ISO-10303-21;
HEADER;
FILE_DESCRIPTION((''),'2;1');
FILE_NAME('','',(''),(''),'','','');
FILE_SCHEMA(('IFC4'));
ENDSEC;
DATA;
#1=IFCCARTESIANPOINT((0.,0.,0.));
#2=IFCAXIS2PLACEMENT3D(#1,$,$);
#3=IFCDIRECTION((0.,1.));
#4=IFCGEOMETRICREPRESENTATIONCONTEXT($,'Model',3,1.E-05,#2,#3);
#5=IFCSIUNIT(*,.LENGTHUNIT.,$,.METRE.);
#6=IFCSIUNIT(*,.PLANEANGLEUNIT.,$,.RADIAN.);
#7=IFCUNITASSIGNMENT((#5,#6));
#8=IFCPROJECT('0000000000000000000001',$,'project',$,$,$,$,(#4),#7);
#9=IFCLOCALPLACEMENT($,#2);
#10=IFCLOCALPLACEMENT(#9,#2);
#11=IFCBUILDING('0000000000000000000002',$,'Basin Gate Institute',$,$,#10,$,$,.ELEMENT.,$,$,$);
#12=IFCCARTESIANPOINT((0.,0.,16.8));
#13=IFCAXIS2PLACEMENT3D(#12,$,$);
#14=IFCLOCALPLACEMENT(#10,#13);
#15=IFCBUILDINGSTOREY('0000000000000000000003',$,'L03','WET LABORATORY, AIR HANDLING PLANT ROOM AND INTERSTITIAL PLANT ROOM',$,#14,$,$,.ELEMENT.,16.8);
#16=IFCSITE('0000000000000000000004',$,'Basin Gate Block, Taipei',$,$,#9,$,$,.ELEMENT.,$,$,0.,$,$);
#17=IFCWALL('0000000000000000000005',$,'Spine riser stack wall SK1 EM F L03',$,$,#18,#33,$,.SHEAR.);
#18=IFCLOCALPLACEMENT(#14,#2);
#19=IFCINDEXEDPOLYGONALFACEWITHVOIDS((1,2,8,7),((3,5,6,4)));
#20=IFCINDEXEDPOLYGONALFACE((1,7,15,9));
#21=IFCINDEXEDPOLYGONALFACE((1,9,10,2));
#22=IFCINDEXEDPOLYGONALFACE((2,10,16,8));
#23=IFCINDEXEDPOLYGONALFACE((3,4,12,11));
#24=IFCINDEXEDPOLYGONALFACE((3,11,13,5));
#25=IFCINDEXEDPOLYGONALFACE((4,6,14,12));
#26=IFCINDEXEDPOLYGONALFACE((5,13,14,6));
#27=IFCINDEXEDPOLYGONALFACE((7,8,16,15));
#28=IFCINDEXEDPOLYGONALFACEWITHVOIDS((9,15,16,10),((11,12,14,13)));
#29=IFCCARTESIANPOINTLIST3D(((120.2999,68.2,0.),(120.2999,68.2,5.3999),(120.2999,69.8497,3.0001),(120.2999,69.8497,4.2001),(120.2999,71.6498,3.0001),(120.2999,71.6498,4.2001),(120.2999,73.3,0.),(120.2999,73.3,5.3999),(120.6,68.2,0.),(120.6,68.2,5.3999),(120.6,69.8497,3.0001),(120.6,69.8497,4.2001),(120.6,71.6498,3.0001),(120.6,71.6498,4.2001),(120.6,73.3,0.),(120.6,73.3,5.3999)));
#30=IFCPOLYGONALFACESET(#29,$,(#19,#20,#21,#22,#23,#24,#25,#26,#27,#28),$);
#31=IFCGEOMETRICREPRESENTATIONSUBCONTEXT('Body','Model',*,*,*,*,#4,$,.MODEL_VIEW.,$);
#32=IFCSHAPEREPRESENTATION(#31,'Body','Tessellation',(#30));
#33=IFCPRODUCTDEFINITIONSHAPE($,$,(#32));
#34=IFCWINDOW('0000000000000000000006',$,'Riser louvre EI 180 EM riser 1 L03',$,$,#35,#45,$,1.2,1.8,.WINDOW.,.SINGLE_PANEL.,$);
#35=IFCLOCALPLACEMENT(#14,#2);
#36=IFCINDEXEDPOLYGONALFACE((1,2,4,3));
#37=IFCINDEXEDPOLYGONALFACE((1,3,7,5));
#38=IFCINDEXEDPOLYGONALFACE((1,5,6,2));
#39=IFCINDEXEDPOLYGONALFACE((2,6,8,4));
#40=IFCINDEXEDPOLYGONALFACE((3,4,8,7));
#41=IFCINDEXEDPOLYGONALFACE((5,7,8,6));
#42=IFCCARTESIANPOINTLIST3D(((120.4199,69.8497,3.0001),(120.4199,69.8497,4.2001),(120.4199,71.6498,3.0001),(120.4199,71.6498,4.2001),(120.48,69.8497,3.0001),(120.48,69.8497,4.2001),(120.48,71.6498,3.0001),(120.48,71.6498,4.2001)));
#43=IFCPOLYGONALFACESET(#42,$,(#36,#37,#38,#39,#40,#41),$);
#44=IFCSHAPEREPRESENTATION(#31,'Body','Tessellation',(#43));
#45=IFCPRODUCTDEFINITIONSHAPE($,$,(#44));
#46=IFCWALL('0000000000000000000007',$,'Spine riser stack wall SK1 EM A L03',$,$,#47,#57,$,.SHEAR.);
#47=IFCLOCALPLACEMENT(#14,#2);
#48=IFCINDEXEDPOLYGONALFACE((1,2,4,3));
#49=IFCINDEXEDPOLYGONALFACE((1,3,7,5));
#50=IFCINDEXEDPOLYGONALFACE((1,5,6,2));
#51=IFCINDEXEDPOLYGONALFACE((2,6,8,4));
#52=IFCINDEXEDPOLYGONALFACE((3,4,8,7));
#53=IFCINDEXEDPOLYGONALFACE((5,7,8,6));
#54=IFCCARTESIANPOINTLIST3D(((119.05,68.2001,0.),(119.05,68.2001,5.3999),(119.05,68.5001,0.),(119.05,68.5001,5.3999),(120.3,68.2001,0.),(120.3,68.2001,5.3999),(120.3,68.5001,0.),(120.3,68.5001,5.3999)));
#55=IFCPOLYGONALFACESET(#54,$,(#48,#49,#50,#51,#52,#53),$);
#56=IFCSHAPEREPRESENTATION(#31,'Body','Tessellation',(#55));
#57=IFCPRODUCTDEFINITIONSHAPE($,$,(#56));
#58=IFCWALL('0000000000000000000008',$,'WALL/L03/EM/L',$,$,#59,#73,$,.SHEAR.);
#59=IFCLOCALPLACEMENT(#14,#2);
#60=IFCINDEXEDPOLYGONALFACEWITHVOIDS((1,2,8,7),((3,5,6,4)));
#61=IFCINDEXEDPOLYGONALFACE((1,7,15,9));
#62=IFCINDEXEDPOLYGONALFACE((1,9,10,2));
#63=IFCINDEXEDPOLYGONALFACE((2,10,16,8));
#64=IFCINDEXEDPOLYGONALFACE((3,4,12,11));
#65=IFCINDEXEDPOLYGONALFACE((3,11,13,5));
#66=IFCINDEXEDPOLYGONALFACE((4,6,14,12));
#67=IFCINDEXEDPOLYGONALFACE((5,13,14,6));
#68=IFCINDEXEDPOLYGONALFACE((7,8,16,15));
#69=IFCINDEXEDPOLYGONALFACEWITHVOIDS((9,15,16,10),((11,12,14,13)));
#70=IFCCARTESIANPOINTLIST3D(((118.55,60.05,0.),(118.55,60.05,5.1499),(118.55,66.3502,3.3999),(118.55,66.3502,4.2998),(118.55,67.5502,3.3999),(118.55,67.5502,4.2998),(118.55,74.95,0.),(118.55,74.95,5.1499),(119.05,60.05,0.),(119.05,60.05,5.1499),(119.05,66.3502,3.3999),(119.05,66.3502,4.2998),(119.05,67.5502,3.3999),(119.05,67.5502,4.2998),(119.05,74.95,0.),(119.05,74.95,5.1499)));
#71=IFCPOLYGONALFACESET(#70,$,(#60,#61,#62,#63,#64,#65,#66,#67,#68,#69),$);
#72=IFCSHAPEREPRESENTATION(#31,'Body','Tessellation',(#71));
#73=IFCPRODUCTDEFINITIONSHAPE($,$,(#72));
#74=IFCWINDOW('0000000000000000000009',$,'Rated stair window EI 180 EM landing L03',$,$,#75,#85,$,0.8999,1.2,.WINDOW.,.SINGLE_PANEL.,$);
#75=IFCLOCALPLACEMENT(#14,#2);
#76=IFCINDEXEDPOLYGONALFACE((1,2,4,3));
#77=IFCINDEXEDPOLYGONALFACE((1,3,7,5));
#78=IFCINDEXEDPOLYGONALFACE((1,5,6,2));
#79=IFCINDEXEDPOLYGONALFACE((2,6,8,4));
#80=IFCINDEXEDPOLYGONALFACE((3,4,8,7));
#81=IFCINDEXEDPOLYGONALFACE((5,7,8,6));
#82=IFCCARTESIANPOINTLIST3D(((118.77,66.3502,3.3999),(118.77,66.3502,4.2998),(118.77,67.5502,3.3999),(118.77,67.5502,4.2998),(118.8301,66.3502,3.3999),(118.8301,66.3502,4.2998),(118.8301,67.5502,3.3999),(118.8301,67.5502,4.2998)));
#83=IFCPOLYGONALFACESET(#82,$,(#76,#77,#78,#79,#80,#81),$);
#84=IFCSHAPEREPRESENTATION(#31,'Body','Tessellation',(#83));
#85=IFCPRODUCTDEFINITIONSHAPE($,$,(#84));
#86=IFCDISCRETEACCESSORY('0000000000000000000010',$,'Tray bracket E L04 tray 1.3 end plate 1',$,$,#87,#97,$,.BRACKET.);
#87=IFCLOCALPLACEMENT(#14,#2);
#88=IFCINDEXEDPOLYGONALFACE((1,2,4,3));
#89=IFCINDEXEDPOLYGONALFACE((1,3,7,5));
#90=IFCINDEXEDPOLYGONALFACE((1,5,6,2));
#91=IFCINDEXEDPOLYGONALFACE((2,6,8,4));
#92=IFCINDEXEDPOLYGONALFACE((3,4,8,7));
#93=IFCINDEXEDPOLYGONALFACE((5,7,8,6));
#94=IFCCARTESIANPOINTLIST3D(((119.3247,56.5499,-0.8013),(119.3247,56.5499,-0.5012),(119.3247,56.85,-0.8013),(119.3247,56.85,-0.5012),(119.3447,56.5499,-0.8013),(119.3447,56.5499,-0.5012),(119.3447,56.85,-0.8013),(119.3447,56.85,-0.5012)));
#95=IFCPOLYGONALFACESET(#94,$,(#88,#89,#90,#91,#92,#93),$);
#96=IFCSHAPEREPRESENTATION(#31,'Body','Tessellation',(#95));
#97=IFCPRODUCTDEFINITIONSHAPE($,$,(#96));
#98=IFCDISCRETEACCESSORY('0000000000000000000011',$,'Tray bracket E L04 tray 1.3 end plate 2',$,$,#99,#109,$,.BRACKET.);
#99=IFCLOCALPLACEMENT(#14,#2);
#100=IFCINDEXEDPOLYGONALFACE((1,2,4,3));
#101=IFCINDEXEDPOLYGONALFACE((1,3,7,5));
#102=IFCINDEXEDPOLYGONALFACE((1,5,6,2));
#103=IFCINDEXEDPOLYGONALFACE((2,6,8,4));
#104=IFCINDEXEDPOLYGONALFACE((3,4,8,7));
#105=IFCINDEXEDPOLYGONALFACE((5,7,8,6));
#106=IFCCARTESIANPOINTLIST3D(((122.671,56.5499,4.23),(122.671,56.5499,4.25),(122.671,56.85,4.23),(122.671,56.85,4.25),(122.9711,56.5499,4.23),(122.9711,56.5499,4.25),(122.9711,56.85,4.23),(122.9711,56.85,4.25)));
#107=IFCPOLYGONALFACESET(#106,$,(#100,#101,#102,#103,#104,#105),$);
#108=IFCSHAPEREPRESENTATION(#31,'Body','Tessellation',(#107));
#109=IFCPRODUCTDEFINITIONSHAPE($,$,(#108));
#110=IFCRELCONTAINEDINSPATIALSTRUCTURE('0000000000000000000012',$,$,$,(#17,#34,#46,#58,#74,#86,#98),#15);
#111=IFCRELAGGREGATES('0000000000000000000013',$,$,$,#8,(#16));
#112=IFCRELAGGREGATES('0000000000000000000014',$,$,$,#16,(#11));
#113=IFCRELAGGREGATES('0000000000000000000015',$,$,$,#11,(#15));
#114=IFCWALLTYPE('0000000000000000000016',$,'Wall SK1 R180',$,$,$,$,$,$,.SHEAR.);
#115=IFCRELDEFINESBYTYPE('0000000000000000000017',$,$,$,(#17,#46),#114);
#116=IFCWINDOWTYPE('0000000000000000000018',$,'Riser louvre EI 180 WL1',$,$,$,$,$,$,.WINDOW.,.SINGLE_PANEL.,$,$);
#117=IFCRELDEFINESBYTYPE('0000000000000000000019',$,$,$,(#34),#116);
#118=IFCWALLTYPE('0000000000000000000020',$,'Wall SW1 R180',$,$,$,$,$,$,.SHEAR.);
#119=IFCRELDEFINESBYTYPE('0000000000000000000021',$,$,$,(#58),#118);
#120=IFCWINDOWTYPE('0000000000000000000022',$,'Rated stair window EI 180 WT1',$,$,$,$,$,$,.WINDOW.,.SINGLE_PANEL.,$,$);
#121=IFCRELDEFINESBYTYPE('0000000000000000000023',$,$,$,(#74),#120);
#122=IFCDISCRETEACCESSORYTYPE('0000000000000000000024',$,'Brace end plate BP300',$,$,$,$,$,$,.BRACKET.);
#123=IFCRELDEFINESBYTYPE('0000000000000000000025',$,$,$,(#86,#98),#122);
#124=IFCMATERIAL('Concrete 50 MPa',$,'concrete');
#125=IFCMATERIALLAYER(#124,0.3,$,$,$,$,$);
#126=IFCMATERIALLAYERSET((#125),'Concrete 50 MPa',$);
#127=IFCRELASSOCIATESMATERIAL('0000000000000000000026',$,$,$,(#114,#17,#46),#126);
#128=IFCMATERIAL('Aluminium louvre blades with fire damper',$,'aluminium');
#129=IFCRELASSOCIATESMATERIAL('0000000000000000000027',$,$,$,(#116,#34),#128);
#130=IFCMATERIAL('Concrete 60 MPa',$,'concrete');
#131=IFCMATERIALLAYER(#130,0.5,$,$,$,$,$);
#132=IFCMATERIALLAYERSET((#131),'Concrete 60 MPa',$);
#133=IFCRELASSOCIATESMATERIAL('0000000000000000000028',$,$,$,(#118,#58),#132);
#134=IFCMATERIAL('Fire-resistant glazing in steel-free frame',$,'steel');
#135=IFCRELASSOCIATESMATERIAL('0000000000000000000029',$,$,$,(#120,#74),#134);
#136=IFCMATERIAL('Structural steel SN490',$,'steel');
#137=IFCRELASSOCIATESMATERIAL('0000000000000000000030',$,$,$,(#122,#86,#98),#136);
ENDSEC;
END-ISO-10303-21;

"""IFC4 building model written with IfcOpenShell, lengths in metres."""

from ifc_helpers import new_model, si_unit, direction, frame, frame_2d, origin, origin_2d, place, context, subcontext, project, spatial, rectangle, extrude, material, layer, layer_set, type_object, element, fill, save


model = new_model("IFC4")

# Units and contexts
model_context = context("Model", 3, precision=1e-05, world=origin(), true_north=direction((0.0, 1.0)))
body_context = subcontext(model_context, "Body", "Model", "MODEL_VIEW")
ifc_project = project(units=[si_unit("LENGTHUNIT", "METRE"), si_unit("PLANEANGLEUNIT", "RADIAN")], contexts=[model_context])

# Site, building, storey
site_placement = place(None, origin())
site = spatial("IfcSite", under=ifc_project, at=site_placement, Name="Basin Gate Block, Taipei", CompositionType="ELEMENT", RefElevation=0.0)
building_placement = place(site_placement, origin())
building = spatial("IfcBuilding", under=site, at=building_placement, Name="Basin Gate Institute", CompositionType="ELEMENT")
storey_placement = place(building_placement, frame((0.0, 0.0, 16.8)))
storey = spatial("IfcBuildingStorey", under=building, at=storey_placement, Name="L03", Description="WET LABORATORY, AIR HANDLING PLANT ROOM AND INTERSTITIAL PLANT ROOM", CompositionType="ELEMENT", Elevation=16.8)

# Wall, opening, window
ifc_material_1 = material(Name="Concrete 50 MPa", Category="concrete")
ifc_layer_1 = layer(ifc_material_1, 0.3)
ifc_layer_set_1 = layer_set([ifc_layer_1], Name="Concrete 50 MPa")
wall_type_1 = type_object("IfcWallType", Name="Wall SK1 R180", PredefinedType="SHEAR", material=ifc_layer_set_1)
wall_1_placement = place(storey_placement, frame((120.45, 68.2, 0.0), z_axis=(0.0, 0.0, 1.0), x_axis=(0.0, 1.0, 0.0)))
wall_1 = element("IfcWall", 1, at=wall_1_placement, inside=storey, type_object=wall_type_1, material=ifc_layer_set_1, Name="Spine riser stack wall SK1 EM F L03", PredefinedType="SHEAR", context=body_context, shape_type="SweptSolid", body=[
    extrude(rectangle(XDim=5.1001, YDim=0.3, at=frame_2d((2.55, 0.0))), origin(), (0.0, 0.0, 1.0), 5.3999),
])
opening_1_placement = place(wall_1_placement, frame((1.6499, 0.0, 3.0)))
opening_1 = element("IfcOpeningElement", 2, at=opening_1_placement, cuts=wall_1, PredefinedType="OPENING", context=body_context, shape_type="SweptSolid", body=[
    extrude(rectangle(XDim=1.8, YDim=1.2, at=frame_2d((0.8999, 0.6001))), frame((0.0, 0.1602, 0.0), z_axis=(0.0, -1.0, 0.0), x_axis=(1.0, 0.0, 0.0)), (0.0, 0.0, 1.0), 0.3201),
])
ifc_material_2 = material(Name="Aluminium louvre blades with fire damper", Category="aluminium")
window_type_1 = type_object("IfcWindowType", Name="Riser louvre EI 180 WL1", PartitioningType="SINGLE_PANEL", PredefinedType="WINDOW", material=ifc_material_2)
window_1_placement = place(opening_1_placement, origin())
window_1 = element("IfcWindow", 3, at=window_1_placement, inside=storey, type_object=window_type_1, material=ifc_material_2, Name="Riser louvre EI 180 EM riser 1 L03", OverallHeight=1.2, OverallWidth=1.8, PartitioningType="SINGLE_PANEL", PredefinedType="WINDOW", context=body_context, shape_type="SweptSolid", body=[
    extrude(rectangle(XDim=1.8, YDim=1.2, at=frame_2d((0.8999, 0.6001))), frame((0.0, 0.03, 0.0), z_axis=(0.0, -1.0, 0.0), x_axis=(1.0, 0.0, 0.0)), (0.0, 0.0, 1.0), 0.0601),
])
fill(opening_1, window_1)

# Wall
wall_2_placement = place(storey_placement, frame((119.05, 68.3501, 0.0), z_axis=(0.0, 0.0, 1.0), x_axis=(1.0, 0.0, 0.0)))
element("IfcWall", 4, at=wall_2_placement, inside=storey, type_object=wall_type_1, material=ifc_layer_set_1, Name="Spine riser stack wall SK1 EM A L03", PredefinedType="SHEAR", context=body_context, shape_type="SweptSolid", body=[
    extrude(rectangle(XDim=1.25, YDim=0.3, at=frame_2d((0.625, 0.0))), origin(), (0.0, 0.0, 1.0), 5.3999),
])

# Wall, opening, window
ifc_material_3 = material(Name="Concrete 60 MPa", Category="concrete")
ifc_layer_2 = layer(ifc_material_3, 0.5)
ifc_layer_set_2 = layer_set([ifc_layer_2], Name="Concrete 60 MPa")
wall_type_2 = type_object("IfcWallType", Name="Wall SW1 R180", PredefinedType="SHEAR", material=ifc_layer_set_2)
wall_3_placement = place(storey_placement, frame((118.8, 60.05, 0.0), z_axis=(0.0, 0.0, 1.0), x_axis=(0.0, 1.0, 0.0)))
wall_3 = element("IfcWall", 5, at=wall_3_placement, inside=storey, type_object=wall_type_2, material=ifc_layer_set_2, Name="WALL/L03/EM/L", PredefinedType="SHEAR", context=body_context, shape_type="SweptSolid", body=[
    extrude(rectangle(XDim=14.8999, YDim=0.5, at=frame_2d((7.45, 0.0))), origin(), (0.0, 0.0, 1.0), 5.1499),
])
opening_2_placement = place(wall_3_placement, frame((6.3, 0.0, 3.3999)))
opening_2 = element("IfcOpeningElement", 6, at=opening_2_placement, cuts=wall_3, PredefinedType="OPENING", context=body_context, shape_type="SweptSolid", body=[
    extrude(rectangle(XDim=1.2, YDim=0.8999, at=frame_2d((0.6001, 0.45))), frame((0.0, 0.26, 0.0), z_axis=(0.0, -1.0, 0.0), x_axis=(1.0, 0.0, 0.0)), (0.0, 0.0, 1.0), 0.52),
])
ifc_material_4 = material(Name="Fire-resistant glazing in steel-free frame", Category="steel")
window_type_2 = type_object("IfcWindowType", Name="Rated stair window EI 180 WT1", PartitioningType="SINGLE_PANEL", PredefinedType="WINDOW", material=ifc_material_4)
window_2_placement = place(opening_2_placement, origin())
window_2 = element("IfcWindow", 7, at=window_2_placement, inside=storey, type_object=window_type_2, material=ifc_material_4, Name="Rated stair window EI 180 EM landing L03", OverallHeight=0.8999, OverallWidth=1.2, PartitioningType="SINGLE_PANEL", PredefinedType="WINDOW", context=body_context, shape_type="SweptSolid", body=[
    extrude(rectangle(XDim=1.2, YDim=0.8999, at=frame_2d((0.6001, 0.45))), frame((0.0, 0.03, 0.0), z_axis=(0.0, -1.0, 0.0), x_axis=(1.0, 0.0, 0.0)), (0.0, 0.0, 1.0), 0.0601),
])
fill(opening_2, window_2)

# Discrete accessories
ifc_material_5 = material(Name="Structural steel SN490", Category="steel")
discrete_accessory_type = type_object("IfcDiscreteAccessoryType", Name="Brace end plate BP300", PredefinedType="BRACKET", material=ifc_material_5)
discrete_accessory_1_placement = place(storey_placement, frame((119.3347, 56.7, -0.8013), z_axis=(0.0, 0.0, 1.0), x_axis=(1.0, 0.0, 0.0)))
element("IfcDiscreteAccessory", 8, at=discrete_accessory_1_placement, inside=storey, type_object=discrete_accessory_type, material=ifc_material_5, Name="Tray bracket E L04 tray 1.3 end plate 1", PredefinedType="BRACKET", context=body_context, shape_type="SweptSolid", body=[
    extrude(rectangle(XDim=0.02, YDim=0.3, at=origin_2d()), origin(), (0.0, 0.0, 1.0), 0.3),
])
discrete_accessory_2_placement = place(storey_placement, frame((122.821, 56.7, 4.23), z_axis=(0.0, 0.0, 1.0), x_axis=(1.0, 0.0, 0.0)))
element("IfcDiscreteAccessory", 9, at=discrete_accessory_2_placement, inside=storey, type_object=discrete_accessory_type, material=ifc_material_5, Name="Tray bracket E L04 tray 1.3 end plate 2", PredefinedType="BRACKET", context=body_context, shape_type="SweptSolid", body=[
    extrude(rectangle(XDim=0.3, YDim=0.3, at=origin_2d()), origin(), (0.0, 0.0, 1.0), 0.02),
])

save(model, "model.ifc")
